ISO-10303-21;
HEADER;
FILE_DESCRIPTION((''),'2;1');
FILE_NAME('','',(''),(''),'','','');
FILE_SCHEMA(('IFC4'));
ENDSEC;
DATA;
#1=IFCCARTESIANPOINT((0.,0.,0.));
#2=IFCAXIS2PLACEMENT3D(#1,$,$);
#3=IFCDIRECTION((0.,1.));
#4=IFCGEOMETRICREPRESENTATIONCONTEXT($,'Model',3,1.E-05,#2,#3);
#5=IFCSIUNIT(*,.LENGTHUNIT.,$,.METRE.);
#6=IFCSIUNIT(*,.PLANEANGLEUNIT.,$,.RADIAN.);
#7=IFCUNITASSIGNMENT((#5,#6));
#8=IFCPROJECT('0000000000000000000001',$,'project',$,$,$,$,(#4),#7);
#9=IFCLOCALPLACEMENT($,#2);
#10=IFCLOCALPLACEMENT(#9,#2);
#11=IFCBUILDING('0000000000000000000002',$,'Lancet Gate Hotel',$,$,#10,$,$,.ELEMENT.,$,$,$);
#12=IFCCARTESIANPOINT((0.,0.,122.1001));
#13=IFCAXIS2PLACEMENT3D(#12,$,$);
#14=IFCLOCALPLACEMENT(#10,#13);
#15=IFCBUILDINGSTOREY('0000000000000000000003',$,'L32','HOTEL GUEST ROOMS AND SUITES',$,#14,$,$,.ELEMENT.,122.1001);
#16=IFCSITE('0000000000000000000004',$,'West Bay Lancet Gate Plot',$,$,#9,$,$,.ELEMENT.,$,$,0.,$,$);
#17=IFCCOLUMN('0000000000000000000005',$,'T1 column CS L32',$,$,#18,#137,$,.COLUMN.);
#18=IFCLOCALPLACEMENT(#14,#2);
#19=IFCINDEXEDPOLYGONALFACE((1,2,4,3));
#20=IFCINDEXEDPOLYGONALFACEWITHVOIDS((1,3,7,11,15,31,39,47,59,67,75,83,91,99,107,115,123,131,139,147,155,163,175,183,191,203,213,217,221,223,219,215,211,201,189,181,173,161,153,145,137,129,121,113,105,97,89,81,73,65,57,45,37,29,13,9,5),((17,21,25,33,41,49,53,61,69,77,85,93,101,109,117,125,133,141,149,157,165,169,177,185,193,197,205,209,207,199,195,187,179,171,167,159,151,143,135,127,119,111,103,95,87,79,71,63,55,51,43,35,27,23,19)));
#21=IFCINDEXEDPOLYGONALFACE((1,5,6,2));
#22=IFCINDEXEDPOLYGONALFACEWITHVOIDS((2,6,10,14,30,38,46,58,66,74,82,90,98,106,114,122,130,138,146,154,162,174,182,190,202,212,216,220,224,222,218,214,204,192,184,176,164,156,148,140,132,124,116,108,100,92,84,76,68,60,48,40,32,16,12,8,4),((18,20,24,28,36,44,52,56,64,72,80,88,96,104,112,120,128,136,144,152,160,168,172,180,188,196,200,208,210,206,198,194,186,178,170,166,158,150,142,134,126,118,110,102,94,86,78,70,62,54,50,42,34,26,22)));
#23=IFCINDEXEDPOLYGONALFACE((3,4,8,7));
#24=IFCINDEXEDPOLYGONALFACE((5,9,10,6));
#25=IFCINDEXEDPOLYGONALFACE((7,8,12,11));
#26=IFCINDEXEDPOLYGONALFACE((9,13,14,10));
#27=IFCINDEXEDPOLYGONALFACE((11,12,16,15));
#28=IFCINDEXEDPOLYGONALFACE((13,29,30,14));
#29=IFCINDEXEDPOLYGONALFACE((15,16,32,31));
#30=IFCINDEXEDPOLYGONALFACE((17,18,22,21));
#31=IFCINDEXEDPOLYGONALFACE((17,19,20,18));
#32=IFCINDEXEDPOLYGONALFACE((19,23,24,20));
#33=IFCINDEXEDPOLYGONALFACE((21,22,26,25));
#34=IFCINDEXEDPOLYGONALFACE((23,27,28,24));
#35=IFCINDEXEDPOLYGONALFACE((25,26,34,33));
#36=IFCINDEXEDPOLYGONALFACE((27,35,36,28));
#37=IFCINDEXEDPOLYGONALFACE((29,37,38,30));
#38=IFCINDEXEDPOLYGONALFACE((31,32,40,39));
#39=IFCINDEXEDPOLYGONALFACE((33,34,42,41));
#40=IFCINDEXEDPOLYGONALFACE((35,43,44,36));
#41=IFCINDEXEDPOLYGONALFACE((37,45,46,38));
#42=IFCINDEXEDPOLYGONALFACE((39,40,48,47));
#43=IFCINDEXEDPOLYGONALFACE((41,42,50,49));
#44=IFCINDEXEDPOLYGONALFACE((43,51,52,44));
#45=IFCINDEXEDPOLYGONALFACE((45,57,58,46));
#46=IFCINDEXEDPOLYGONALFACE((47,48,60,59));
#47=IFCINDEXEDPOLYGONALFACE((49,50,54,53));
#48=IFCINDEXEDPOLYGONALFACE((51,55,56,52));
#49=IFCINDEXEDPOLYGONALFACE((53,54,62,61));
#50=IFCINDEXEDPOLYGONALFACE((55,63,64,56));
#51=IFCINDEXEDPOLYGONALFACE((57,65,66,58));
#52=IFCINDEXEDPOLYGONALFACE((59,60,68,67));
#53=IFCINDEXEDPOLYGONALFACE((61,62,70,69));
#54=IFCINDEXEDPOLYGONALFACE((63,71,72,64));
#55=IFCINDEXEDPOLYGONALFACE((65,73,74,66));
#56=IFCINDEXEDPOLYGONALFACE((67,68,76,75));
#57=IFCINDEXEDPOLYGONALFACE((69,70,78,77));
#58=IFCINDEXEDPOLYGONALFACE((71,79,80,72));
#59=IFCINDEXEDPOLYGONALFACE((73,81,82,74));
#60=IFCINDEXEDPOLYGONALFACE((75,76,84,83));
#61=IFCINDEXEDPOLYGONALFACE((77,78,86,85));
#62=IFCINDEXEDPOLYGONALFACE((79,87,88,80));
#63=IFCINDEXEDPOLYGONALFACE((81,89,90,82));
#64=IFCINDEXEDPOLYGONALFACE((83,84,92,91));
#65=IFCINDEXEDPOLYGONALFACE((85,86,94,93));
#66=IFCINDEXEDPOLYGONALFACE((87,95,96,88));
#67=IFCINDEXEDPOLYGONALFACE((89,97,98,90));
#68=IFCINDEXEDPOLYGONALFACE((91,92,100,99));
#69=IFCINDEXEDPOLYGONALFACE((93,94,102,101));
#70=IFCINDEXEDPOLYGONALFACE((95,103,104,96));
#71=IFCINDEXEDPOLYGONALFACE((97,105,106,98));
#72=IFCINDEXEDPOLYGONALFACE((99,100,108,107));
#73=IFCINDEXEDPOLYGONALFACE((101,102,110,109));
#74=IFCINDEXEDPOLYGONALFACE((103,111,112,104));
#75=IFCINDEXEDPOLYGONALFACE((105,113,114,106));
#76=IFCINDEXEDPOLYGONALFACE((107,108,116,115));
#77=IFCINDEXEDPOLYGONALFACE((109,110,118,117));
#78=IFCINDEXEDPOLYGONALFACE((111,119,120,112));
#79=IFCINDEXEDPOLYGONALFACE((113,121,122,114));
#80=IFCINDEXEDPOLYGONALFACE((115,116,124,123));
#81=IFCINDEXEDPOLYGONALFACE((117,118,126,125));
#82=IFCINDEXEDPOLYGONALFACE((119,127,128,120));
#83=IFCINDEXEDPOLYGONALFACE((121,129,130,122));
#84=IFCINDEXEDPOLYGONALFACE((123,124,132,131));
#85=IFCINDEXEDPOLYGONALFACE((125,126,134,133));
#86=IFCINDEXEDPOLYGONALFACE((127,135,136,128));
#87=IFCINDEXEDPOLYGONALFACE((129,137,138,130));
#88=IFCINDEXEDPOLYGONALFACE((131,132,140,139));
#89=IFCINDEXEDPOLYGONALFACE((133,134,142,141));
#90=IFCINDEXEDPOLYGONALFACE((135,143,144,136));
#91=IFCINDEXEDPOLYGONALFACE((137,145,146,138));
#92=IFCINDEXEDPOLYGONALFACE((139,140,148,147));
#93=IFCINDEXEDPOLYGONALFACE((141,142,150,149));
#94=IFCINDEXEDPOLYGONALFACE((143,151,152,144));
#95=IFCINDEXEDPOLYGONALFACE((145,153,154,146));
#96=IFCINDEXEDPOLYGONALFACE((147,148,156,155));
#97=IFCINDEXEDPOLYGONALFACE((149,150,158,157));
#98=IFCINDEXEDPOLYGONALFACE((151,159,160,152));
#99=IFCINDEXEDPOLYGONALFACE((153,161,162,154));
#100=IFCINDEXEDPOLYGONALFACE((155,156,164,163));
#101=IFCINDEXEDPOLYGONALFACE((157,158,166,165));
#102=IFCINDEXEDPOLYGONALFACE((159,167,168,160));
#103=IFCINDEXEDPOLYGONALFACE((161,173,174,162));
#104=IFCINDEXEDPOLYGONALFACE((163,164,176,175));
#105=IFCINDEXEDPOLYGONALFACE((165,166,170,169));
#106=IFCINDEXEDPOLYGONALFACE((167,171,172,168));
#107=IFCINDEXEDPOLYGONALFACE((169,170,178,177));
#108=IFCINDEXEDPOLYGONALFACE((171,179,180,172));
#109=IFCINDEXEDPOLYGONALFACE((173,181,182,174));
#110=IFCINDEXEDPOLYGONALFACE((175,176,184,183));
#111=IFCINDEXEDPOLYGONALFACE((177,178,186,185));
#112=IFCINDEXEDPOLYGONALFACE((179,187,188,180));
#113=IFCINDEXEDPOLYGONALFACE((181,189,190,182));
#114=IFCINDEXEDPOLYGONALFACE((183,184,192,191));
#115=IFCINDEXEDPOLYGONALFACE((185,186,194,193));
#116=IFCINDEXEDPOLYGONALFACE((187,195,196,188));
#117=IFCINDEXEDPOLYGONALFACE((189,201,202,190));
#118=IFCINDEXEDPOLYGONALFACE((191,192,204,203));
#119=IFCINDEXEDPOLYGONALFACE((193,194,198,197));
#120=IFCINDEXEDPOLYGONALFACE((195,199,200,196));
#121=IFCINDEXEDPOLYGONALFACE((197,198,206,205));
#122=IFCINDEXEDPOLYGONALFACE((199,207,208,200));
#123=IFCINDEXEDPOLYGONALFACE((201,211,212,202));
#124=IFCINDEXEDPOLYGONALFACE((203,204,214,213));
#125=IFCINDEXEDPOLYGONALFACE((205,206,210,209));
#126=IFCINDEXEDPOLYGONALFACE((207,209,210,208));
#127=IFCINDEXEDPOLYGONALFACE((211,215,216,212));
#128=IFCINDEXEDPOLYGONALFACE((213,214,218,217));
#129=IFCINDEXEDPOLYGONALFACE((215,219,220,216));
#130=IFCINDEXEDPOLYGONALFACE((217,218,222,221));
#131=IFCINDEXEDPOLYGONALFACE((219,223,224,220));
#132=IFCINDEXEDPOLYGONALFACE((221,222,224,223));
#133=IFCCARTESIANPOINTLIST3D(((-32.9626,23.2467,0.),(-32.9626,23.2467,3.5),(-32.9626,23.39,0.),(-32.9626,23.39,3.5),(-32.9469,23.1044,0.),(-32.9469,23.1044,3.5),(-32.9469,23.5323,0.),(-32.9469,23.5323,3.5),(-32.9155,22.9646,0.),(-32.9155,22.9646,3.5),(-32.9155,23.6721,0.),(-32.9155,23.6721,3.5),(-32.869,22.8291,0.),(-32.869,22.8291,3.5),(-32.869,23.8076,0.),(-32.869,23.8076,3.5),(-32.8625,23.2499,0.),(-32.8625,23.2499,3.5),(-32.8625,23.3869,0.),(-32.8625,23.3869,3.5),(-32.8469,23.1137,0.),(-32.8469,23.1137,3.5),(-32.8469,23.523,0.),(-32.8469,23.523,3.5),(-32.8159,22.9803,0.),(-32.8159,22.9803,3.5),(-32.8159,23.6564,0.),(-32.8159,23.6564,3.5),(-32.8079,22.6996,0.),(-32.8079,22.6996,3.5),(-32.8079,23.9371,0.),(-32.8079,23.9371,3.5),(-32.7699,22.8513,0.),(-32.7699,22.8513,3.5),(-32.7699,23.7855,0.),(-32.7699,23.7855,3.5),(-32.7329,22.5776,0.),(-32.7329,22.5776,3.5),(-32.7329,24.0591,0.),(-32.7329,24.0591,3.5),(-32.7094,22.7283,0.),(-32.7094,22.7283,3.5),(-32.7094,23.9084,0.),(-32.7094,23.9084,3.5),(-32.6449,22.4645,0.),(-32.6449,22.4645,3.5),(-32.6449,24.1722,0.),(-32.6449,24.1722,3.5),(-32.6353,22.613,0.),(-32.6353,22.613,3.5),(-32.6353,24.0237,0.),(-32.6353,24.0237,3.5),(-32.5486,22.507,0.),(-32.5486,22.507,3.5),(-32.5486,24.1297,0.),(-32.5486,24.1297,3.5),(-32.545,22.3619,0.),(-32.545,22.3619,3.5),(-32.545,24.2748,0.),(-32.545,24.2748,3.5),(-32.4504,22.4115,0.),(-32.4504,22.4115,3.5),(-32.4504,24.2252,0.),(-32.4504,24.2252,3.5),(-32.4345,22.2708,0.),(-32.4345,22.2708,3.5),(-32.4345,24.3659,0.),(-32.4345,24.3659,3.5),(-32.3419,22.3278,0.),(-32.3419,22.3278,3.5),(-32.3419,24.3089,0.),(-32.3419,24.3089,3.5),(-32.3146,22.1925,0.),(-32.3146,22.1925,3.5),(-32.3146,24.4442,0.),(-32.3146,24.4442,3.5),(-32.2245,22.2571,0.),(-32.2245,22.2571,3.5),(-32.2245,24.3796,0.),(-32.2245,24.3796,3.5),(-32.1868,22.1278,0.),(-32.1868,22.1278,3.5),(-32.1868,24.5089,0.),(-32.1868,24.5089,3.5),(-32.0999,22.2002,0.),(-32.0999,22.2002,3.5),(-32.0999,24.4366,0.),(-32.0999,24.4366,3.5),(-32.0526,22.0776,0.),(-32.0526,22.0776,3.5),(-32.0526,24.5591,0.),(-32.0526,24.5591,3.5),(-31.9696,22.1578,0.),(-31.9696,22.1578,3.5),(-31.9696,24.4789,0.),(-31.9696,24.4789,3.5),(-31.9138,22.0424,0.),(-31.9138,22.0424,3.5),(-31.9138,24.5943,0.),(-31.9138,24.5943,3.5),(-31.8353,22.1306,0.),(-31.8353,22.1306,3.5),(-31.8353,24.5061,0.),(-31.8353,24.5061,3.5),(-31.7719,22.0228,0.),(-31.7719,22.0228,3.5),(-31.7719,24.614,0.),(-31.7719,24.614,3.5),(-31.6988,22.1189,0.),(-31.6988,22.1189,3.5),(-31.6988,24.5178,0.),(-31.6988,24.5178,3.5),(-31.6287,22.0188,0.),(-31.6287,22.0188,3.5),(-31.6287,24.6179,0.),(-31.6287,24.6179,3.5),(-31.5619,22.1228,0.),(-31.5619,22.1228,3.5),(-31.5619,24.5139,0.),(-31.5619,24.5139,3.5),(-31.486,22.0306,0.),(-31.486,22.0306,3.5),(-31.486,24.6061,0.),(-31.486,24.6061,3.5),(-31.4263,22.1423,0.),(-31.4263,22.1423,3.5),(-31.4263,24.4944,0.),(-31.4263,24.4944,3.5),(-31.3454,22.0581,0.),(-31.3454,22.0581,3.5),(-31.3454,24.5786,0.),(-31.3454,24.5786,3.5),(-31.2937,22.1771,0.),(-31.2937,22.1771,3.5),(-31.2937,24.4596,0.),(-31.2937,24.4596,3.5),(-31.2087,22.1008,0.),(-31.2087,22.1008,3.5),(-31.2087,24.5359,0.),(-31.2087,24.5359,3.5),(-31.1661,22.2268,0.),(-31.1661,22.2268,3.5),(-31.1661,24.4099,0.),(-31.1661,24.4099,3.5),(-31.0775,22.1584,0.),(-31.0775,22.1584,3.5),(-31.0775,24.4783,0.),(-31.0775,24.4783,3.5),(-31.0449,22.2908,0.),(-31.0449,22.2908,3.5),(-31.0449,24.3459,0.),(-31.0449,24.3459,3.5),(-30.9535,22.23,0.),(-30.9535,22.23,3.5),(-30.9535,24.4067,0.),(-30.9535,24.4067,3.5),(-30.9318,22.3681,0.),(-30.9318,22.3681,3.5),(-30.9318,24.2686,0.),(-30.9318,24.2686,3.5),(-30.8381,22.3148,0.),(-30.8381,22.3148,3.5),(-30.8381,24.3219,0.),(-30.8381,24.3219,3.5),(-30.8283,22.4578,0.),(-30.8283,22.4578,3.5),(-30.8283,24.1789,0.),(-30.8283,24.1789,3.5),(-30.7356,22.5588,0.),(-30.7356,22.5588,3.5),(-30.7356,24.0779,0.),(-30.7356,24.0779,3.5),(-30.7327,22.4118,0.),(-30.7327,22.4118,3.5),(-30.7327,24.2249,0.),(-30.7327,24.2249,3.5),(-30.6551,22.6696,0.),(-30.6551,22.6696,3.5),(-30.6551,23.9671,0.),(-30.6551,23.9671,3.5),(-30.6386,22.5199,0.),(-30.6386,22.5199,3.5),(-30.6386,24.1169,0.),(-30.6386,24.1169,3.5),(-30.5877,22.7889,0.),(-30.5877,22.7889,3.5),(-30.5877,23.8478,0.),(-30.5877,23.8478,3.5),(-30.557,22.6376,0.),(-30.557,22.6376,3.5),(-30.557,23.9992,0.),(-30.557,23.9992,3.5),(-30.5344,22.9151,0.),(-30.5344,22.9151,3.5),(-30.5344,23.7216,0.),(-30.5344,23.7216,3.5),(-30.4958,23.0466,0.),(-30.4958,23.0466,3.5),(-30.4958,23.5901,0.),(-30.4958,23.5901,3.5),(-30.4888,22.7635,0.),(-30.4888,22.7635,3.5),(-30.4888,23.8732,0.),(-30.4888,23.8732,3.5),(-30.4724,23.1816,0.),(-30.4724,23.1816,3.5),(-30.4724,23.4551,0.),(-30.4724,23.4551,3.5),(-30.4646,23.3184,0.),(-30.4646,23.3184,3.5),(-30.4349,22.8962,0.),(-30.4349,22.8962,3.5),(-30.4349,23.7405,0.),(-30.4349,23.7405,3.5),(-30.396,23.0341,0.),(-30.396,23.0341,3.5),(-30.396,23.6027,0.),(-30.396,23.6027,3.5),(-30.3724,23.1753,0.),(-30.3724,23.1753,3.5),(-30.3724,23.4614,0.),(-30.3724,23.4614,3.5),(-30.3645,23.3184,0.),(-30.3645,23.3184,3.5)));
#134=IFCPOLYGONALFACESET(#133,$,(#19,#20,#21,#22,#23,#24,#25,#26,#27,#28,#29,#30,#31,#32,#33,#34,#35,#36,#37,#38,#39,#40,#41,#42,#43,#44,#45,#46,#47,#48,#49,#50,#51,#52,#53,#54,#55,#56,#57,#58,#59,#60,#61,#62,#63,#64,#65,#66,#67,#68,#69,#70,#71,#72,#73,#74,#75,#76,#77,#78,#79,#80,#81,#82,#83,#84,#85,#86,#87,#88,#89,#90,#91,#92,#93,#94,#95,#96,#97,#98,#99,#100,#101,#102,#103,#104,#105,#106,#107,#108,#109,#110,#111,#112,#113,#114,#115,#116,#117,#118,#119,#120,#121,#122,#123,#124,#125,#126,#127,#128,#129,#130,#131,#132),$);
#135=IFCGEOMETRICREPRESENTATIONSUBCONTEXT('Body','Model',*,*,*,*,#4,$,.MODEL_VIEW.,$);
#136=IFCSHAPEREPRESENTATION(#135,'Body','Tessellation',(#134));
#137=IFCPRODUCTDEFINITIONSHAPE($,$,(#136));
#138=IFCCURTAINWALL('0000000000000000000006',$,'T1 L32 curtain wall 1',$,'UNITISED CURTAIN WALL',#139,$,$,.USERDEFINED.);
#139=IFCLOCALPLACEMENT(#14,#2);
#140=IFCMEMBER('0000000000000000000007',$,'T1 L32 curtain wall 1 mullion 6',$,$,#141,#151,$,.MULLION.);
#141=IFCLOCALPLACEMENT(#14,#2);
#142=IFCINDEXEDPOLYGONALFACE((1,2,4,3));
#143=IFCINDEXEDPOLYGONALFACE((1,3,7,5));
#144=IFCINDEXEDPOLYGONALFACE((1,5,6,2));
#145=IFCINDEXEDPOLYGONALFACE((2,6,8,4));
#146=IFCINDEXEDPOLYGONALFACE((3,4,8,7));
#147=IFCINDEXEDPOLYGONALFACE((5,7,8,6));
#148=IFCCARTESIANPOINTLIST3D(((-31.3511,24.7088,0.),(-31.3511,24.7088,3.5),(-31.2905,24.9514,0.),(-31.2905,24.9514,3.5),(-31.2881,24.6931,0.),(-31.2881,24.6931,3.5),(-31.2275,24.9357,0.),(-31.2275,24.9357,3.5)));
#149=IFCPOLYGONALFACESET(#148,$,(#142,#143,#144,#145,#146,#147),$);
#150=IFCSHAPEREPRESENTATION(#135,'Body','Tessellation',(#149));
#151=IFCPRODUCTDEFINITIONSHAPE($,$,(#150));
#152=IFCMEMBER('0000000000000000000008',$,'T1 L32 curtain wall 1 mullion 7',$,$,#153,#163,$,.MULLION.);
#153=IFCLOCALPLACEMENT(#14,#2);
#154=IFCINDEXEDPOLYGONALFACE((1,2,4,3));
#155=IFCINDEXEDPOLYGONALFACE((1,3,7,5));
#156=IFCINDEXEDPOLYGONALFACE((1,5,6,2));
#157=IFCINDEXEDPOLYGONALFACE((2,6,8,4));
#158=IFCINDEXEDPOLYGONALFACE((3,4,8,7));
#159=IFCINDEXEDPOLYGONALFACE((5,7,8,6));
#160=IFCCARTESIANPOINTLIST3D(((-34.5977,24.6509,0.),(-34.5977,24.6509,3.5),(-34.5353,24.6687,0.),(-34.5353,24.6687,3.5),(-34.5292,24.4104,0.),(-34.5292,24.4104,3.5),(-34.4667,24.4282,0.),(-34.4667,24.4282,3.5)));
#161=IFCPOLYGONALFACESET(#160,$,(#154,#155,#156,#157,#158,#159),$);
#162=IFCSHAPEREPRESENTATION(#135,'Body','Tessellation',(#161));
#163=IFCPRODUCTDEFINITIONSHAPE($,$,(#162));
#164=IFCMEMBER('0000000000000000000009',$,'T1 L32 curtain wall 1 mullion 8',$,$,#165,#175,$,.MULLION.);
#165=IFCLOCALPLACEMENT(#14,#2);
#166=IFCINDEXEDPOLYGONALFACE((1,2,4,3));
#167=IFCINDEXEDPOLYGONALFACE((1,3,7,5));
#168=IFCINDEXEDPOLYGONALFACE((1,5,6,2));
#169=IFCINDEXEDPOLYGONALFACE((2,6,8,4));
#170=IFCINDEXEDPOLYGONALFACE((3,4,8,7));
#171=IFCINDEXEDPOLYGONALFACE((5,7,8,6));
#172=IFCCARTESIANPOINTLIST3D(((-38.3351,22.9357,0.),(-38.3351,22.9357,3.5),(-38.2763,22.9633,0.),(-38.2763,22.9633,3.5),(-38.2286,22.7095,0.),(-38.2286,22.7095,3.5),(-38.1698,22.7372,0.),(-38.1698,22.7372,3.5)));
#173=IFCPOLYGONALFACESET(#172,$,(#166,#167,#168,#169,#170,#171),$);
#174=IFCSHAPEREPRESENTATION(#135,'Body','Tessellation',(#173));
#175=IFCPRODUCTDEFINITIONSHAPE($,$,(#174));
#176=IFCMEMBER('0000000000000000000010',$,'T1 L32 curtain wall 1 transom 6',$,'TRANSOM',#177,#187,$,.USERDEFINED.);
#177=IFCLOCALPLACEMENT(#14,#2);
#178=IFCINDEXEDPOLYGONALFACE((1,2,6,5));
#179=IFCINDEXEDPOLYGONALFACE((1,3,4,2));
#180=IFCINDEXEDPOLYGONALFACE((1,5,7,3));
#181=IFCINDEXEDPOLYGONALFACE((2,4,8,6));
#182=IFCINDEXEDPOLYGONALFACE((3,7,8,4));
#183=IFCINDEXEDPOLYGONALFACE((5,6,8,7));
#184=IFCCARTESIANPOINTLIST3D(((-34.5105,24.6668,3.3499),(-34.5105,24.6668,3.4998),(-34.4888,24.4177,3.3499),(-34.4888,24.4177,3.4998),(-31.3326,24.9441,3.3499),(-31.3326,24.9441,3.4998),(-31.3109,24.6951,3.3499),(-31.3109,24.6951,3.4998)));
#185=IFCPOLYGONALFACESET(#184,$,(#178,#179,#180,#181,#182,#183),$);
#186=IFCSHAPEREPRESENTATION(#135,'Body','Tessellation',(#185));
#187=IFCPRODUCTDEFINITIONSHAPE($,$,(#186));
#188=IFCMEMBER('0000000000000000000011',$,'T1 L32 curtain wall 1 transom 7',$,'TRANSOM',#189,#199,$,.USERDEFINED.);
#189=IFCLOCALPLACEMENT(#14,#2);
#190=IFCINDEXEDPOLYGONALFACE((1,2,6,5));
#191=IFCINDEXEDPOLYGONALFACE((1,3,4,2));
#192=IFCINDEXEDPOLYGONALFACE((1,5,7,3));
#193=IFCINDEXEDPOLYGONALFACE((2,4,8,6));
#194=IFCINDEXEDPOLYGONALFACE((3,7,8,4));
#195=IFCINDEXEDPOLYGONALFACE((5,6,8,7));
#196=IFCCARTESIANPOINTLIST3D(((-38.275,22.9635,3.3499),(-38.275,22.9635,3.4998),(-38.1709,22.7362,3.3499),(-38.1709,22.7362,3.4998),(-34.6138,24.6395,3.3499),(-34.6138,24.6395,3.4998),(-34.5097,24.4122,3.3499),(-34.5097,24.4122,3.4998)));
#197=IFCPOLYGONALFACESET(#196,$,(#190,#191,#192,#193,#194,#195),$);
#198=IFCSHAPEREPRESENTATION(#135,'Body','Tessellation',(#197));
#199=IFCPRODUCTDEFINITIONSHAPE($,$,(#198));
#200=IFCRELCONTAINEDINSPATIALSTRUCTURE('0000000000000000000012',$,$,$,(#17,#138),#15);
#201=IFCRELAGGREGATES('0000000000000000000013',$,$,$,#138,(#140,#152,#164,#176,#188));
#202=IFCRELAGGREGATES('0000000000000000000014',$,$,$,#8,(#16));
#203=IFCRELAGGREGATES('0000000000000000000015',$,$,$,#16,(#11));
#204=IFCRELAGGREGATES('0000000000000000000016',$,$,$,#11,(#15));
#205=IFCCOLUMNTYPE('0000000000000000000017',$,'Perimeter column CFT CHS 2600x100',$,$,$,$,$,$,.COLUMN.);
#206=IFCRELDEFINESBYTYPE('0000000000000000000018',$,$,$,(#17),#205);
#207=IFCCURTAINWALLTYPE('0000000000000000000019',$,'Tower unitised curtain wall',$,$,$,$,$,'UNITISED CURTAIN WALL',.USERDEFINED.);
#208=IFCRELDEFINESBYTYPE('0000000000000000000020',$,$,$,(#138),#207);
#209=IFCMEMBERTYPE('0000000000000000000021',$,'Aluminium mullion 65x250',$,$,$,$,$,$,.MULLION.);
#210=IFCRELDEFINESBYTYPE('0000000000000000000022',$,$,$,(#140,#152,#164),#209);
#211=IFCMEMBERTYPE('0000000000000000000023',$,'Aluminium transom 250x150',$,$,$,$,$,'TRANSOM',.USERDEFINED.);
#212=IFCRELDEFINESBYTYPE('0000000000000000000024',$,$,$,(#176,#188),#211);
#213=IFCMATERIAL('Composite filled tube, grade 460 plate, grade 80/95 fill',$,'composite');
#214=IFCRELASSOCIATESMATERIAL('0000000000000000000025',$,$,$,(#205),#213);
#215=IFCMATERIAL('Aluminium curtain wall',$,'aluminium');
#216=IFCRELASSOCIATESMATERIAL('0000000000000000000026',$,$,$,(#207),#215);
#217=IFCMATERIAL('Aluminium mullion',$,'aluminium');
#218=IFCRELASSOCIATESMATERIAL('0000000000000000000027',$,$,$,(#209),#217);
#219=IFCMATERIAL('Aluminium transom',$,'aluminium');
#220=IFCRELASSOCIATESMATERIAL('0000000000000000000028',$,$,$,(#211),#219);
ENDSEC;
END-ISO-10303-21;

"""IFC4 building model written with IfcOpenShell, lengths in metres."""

from ifc_helpers import new_model, si_unit, direction, frame, origin, origin_2d, place, context, subcontext, project, spatial, rectangle, hollow_circle, extrude, material, material_profile, profile_set, type_object, element, aggregate, save


model = new_model("IFC4")

# Units and contexts
model_context = context("Model", 3, precision=1e-05, world=origin(), true_north=direction((0.0, 1.0)))
body_context = subcontext(model_context, "Body", "Model", "MODEL_VIEW")
ifc_project = project(units=[si_unit("LENGTHUNIT", "METRE"), si_unit("PLANEANGLEUNIT", "RADIAN")], contexts=[model_context])

# Site, building, storey
site_placement = place(None, origin())
site = spatial("IfcSite", under=ifc_project, at=site_placement, Name="West Bay Lancet Gate Plot", CompositionType="ELEMENT", RefElevation=0.0)
building_placement = place(site_placement, origin())
building = spatial("IfcBuilding", under=site, at=building_placement, Name="Lancet Gate Hotel", CompositionType="ELEMENT")
storey_placement = place(building_placement, frame((0.0, 0.0, 122.1001)))
storey = spatial("IfcBuildingStorey", under=building, at=storey_placement, Name="L32", Description="HOTEL GUEST ROOMS AND SUITES", CompositionType="ELEMENT", Elevation=122.1001)

# Column
ifc_material_1 = material(Name="Composite filled tube, grade 460 plate, grade 80/95 fill", Category="composite")
ifc_material_profile_1 = material_profile(ifc_material_1, hollow_circle(Radius=1.3, WallThickness=0.1001, at=origin_2d()), Name="CHS 2600x100")
ifc_profile_set_1 = profile_set([ifc_material_profile_1], Name="Composite filled tube, grade 460 plate, grade 80/95 fill")
column_type = type_object("IfcColumnType", Name="Perimeter column CFT CHS 2600x100", PredefinedType="COLUMN", material=ifc_profile_set_1)
column_placement = place(storey_placement, frame((-31.6646, 23.3184, 0.0), z_axis=(0.0, 0.0, 1.0), x_axis=(1.0, 0.0, 0.0)))
element("IfcColumn", 1, at=column_placement, inside=storey, type_object=column_type, Name="T1 column CS L32", PredefinedType="COLUMN", context=body_context, shape_type="SweptSolid", body=[
    extrude(hollow_circle(Radius=1.3, WallThickness=0.1001, at=origin_2d()), origin(), (0.0, 0.0, 1.0), 3.5),
])

# Curtain wall, members
ifc_material_2 = material(Name="Aluminium curtain wall", Category="aluminium")
curtain_wall_type = type_object("IfcCurtainWallType", Name="Tower unitised curtain wall", ElementType="UNITISED CURTAIN WALL", PredefinedType="USERDEFINED", material=ifc_material_2)
curtain_wall_placement = place(storey_placement, origin())
curtain_wall = element("IfcCurtainWall", 2, at=curtain_wall_placement, inside=storey, type_object=curtain_wall_type, Name="T1 L32 curtain wall 1", ObjectType="UNITISED CURTAIN WALL", PredefinedType="USERDEFINED")
ifc_material_3 = material(Name="Aluminium mullion", Category="aluminium")
ifc_material_profile_2 = material_profile(ifc_material_3, rectangle(XDim=0.0649, YDim=0.25, at=origin_2d()), Name="MULLION 65x250")
ifc_profile_set_2 = profile_set([ifc_material_profile_2], Name="Aluminium mullion")
member_type_1 = type_object("IfcMemberType", Name="Aluminium mullion 65x250", PredefinedType="MULLION", material=ifc_profile_set_2)
member_1_placement = place(storey_placement, frame((-31.2893, 24.8223, 0.0), z_axis=(0.0, 0.0, 1.0), x_axis=(-0.970242, 0.242137, 0.0)))
member_1 = element("IfcMember", 3, at=member_1_placement, type_object=member_type_1, Name="T1 L32 curtain wall 1 mullion 6", PredefinedType="MULLION", context=body_context, shape_type="SweptSolid", body=[
    extrude(rectangle(XDim=0.0649, YDim=0.25, at=origin_2d()), origin(), (0.0, 0.0, 1.0), 3.5),
])
member_2_placement = place(storey_placement, frame((-34.5322, 24.5396, 0.0), z_axis=(0.0, 0.0, 1.0), x_axis=(-0.961653, -0.274268, 0.0)))
member_2 = element("IfcMember", 4, at=member_2_placement, type_object=member_type_1, Name="T1 L32 curtain wall 1 mullion 7", PredefinedType="MULLION", context=body_context, shape_type="SweptSolid", body=[
    extrude(rectangle(XDim=0.0649, YDim=0.25, at=origin_2d()), origin(), (0.0, 0.0, 1.0), 3.5),
])
member_3_placement = place(storey_placement, frame((-38.2524, 22.8364, 0.0), z_axis=(0.0, 0.0, 1.0), x_axis=(-0.90472, -0.426008, 0.0)))
member_3 = element("IfcMember", 5, at=member_3_placement, type_object=member_type_1, Name="T1 L32 curtain wall 1 mullion 8", PredefinedType="MULLION", context=body_context, shape_type="SweptSolid", body=[
    extrude(rectangle(XDim=0.0649, YDim=0.25, at=origin_2d()), origin(), (0.0, 0.0, 1.0), 3.5),
])
ifc_material_4 = material(Name="Aluminium transom", Category="aluminium")
ifc_material_profile_3 = material_profile(ifc_material_4, rectangle(XDim=0.25, YDim=0.1499, at=origin_2d()), Name="TRANSOM 250x150")
ifc_profile_set_3 = profile_set([ifc_material_profile_3], Name="Aluminium transom")
member_type_2 = type_object("IfcMemberType", Name="Aluminium transom 250x150", ElementType="TRANSOM", PredefinedType="USERDEFINED", material=ifc_profile_set_3)
member_4_placement = place(storey_placement, frame((-31.3218, 24.8196, 3.4248), z_axis=(-0.996214, -0.08694, 0.0), x_axis=(0.08694, -0.996214, 0.0)))
member_4 = element("IfcMember", 6, at=member_4_placement, type_object=member_type_2, Name="T1 L32 curtain wall 1 transom 6", ObjectType="TRANSOM", PredefinedType="USERDEFINED", context=body_context, shape_type="SweptSolid", body=[
    extrude(rectangle(XDim=0.25, YDim=0.1499, at=origin_2d()), origin(), (0.0, 0.0, 1.0), 3.1899),
])
member_5_placement = place(storey_placement, frame((-34.5618, 24.5259, 3.4248), z_axis=(-0.909252, -0.416245, 0.0), x_axis=(0.416245, -0.909252, 0.0)))
member_5 = element("IfcMember", 7, at=member_5_placement, type_object=member_type_2, Name="T1 L32 curtain wall 1 transom 7", ObjectType="TRANSOM", PredefinedType="USERDEFINED", context=body_context, shape_type="SweptSolid", body=[
    extrude(rectangle(XDim=0.25, YDim=0.1499, at=origin_2d()), origin(), (0.0, 0.0, 1.0), 4.0266),
])

aggregate(curtain_wall, [member_1, member_2, member_3, member_4, member_5])

save(model, "model.ifc")
